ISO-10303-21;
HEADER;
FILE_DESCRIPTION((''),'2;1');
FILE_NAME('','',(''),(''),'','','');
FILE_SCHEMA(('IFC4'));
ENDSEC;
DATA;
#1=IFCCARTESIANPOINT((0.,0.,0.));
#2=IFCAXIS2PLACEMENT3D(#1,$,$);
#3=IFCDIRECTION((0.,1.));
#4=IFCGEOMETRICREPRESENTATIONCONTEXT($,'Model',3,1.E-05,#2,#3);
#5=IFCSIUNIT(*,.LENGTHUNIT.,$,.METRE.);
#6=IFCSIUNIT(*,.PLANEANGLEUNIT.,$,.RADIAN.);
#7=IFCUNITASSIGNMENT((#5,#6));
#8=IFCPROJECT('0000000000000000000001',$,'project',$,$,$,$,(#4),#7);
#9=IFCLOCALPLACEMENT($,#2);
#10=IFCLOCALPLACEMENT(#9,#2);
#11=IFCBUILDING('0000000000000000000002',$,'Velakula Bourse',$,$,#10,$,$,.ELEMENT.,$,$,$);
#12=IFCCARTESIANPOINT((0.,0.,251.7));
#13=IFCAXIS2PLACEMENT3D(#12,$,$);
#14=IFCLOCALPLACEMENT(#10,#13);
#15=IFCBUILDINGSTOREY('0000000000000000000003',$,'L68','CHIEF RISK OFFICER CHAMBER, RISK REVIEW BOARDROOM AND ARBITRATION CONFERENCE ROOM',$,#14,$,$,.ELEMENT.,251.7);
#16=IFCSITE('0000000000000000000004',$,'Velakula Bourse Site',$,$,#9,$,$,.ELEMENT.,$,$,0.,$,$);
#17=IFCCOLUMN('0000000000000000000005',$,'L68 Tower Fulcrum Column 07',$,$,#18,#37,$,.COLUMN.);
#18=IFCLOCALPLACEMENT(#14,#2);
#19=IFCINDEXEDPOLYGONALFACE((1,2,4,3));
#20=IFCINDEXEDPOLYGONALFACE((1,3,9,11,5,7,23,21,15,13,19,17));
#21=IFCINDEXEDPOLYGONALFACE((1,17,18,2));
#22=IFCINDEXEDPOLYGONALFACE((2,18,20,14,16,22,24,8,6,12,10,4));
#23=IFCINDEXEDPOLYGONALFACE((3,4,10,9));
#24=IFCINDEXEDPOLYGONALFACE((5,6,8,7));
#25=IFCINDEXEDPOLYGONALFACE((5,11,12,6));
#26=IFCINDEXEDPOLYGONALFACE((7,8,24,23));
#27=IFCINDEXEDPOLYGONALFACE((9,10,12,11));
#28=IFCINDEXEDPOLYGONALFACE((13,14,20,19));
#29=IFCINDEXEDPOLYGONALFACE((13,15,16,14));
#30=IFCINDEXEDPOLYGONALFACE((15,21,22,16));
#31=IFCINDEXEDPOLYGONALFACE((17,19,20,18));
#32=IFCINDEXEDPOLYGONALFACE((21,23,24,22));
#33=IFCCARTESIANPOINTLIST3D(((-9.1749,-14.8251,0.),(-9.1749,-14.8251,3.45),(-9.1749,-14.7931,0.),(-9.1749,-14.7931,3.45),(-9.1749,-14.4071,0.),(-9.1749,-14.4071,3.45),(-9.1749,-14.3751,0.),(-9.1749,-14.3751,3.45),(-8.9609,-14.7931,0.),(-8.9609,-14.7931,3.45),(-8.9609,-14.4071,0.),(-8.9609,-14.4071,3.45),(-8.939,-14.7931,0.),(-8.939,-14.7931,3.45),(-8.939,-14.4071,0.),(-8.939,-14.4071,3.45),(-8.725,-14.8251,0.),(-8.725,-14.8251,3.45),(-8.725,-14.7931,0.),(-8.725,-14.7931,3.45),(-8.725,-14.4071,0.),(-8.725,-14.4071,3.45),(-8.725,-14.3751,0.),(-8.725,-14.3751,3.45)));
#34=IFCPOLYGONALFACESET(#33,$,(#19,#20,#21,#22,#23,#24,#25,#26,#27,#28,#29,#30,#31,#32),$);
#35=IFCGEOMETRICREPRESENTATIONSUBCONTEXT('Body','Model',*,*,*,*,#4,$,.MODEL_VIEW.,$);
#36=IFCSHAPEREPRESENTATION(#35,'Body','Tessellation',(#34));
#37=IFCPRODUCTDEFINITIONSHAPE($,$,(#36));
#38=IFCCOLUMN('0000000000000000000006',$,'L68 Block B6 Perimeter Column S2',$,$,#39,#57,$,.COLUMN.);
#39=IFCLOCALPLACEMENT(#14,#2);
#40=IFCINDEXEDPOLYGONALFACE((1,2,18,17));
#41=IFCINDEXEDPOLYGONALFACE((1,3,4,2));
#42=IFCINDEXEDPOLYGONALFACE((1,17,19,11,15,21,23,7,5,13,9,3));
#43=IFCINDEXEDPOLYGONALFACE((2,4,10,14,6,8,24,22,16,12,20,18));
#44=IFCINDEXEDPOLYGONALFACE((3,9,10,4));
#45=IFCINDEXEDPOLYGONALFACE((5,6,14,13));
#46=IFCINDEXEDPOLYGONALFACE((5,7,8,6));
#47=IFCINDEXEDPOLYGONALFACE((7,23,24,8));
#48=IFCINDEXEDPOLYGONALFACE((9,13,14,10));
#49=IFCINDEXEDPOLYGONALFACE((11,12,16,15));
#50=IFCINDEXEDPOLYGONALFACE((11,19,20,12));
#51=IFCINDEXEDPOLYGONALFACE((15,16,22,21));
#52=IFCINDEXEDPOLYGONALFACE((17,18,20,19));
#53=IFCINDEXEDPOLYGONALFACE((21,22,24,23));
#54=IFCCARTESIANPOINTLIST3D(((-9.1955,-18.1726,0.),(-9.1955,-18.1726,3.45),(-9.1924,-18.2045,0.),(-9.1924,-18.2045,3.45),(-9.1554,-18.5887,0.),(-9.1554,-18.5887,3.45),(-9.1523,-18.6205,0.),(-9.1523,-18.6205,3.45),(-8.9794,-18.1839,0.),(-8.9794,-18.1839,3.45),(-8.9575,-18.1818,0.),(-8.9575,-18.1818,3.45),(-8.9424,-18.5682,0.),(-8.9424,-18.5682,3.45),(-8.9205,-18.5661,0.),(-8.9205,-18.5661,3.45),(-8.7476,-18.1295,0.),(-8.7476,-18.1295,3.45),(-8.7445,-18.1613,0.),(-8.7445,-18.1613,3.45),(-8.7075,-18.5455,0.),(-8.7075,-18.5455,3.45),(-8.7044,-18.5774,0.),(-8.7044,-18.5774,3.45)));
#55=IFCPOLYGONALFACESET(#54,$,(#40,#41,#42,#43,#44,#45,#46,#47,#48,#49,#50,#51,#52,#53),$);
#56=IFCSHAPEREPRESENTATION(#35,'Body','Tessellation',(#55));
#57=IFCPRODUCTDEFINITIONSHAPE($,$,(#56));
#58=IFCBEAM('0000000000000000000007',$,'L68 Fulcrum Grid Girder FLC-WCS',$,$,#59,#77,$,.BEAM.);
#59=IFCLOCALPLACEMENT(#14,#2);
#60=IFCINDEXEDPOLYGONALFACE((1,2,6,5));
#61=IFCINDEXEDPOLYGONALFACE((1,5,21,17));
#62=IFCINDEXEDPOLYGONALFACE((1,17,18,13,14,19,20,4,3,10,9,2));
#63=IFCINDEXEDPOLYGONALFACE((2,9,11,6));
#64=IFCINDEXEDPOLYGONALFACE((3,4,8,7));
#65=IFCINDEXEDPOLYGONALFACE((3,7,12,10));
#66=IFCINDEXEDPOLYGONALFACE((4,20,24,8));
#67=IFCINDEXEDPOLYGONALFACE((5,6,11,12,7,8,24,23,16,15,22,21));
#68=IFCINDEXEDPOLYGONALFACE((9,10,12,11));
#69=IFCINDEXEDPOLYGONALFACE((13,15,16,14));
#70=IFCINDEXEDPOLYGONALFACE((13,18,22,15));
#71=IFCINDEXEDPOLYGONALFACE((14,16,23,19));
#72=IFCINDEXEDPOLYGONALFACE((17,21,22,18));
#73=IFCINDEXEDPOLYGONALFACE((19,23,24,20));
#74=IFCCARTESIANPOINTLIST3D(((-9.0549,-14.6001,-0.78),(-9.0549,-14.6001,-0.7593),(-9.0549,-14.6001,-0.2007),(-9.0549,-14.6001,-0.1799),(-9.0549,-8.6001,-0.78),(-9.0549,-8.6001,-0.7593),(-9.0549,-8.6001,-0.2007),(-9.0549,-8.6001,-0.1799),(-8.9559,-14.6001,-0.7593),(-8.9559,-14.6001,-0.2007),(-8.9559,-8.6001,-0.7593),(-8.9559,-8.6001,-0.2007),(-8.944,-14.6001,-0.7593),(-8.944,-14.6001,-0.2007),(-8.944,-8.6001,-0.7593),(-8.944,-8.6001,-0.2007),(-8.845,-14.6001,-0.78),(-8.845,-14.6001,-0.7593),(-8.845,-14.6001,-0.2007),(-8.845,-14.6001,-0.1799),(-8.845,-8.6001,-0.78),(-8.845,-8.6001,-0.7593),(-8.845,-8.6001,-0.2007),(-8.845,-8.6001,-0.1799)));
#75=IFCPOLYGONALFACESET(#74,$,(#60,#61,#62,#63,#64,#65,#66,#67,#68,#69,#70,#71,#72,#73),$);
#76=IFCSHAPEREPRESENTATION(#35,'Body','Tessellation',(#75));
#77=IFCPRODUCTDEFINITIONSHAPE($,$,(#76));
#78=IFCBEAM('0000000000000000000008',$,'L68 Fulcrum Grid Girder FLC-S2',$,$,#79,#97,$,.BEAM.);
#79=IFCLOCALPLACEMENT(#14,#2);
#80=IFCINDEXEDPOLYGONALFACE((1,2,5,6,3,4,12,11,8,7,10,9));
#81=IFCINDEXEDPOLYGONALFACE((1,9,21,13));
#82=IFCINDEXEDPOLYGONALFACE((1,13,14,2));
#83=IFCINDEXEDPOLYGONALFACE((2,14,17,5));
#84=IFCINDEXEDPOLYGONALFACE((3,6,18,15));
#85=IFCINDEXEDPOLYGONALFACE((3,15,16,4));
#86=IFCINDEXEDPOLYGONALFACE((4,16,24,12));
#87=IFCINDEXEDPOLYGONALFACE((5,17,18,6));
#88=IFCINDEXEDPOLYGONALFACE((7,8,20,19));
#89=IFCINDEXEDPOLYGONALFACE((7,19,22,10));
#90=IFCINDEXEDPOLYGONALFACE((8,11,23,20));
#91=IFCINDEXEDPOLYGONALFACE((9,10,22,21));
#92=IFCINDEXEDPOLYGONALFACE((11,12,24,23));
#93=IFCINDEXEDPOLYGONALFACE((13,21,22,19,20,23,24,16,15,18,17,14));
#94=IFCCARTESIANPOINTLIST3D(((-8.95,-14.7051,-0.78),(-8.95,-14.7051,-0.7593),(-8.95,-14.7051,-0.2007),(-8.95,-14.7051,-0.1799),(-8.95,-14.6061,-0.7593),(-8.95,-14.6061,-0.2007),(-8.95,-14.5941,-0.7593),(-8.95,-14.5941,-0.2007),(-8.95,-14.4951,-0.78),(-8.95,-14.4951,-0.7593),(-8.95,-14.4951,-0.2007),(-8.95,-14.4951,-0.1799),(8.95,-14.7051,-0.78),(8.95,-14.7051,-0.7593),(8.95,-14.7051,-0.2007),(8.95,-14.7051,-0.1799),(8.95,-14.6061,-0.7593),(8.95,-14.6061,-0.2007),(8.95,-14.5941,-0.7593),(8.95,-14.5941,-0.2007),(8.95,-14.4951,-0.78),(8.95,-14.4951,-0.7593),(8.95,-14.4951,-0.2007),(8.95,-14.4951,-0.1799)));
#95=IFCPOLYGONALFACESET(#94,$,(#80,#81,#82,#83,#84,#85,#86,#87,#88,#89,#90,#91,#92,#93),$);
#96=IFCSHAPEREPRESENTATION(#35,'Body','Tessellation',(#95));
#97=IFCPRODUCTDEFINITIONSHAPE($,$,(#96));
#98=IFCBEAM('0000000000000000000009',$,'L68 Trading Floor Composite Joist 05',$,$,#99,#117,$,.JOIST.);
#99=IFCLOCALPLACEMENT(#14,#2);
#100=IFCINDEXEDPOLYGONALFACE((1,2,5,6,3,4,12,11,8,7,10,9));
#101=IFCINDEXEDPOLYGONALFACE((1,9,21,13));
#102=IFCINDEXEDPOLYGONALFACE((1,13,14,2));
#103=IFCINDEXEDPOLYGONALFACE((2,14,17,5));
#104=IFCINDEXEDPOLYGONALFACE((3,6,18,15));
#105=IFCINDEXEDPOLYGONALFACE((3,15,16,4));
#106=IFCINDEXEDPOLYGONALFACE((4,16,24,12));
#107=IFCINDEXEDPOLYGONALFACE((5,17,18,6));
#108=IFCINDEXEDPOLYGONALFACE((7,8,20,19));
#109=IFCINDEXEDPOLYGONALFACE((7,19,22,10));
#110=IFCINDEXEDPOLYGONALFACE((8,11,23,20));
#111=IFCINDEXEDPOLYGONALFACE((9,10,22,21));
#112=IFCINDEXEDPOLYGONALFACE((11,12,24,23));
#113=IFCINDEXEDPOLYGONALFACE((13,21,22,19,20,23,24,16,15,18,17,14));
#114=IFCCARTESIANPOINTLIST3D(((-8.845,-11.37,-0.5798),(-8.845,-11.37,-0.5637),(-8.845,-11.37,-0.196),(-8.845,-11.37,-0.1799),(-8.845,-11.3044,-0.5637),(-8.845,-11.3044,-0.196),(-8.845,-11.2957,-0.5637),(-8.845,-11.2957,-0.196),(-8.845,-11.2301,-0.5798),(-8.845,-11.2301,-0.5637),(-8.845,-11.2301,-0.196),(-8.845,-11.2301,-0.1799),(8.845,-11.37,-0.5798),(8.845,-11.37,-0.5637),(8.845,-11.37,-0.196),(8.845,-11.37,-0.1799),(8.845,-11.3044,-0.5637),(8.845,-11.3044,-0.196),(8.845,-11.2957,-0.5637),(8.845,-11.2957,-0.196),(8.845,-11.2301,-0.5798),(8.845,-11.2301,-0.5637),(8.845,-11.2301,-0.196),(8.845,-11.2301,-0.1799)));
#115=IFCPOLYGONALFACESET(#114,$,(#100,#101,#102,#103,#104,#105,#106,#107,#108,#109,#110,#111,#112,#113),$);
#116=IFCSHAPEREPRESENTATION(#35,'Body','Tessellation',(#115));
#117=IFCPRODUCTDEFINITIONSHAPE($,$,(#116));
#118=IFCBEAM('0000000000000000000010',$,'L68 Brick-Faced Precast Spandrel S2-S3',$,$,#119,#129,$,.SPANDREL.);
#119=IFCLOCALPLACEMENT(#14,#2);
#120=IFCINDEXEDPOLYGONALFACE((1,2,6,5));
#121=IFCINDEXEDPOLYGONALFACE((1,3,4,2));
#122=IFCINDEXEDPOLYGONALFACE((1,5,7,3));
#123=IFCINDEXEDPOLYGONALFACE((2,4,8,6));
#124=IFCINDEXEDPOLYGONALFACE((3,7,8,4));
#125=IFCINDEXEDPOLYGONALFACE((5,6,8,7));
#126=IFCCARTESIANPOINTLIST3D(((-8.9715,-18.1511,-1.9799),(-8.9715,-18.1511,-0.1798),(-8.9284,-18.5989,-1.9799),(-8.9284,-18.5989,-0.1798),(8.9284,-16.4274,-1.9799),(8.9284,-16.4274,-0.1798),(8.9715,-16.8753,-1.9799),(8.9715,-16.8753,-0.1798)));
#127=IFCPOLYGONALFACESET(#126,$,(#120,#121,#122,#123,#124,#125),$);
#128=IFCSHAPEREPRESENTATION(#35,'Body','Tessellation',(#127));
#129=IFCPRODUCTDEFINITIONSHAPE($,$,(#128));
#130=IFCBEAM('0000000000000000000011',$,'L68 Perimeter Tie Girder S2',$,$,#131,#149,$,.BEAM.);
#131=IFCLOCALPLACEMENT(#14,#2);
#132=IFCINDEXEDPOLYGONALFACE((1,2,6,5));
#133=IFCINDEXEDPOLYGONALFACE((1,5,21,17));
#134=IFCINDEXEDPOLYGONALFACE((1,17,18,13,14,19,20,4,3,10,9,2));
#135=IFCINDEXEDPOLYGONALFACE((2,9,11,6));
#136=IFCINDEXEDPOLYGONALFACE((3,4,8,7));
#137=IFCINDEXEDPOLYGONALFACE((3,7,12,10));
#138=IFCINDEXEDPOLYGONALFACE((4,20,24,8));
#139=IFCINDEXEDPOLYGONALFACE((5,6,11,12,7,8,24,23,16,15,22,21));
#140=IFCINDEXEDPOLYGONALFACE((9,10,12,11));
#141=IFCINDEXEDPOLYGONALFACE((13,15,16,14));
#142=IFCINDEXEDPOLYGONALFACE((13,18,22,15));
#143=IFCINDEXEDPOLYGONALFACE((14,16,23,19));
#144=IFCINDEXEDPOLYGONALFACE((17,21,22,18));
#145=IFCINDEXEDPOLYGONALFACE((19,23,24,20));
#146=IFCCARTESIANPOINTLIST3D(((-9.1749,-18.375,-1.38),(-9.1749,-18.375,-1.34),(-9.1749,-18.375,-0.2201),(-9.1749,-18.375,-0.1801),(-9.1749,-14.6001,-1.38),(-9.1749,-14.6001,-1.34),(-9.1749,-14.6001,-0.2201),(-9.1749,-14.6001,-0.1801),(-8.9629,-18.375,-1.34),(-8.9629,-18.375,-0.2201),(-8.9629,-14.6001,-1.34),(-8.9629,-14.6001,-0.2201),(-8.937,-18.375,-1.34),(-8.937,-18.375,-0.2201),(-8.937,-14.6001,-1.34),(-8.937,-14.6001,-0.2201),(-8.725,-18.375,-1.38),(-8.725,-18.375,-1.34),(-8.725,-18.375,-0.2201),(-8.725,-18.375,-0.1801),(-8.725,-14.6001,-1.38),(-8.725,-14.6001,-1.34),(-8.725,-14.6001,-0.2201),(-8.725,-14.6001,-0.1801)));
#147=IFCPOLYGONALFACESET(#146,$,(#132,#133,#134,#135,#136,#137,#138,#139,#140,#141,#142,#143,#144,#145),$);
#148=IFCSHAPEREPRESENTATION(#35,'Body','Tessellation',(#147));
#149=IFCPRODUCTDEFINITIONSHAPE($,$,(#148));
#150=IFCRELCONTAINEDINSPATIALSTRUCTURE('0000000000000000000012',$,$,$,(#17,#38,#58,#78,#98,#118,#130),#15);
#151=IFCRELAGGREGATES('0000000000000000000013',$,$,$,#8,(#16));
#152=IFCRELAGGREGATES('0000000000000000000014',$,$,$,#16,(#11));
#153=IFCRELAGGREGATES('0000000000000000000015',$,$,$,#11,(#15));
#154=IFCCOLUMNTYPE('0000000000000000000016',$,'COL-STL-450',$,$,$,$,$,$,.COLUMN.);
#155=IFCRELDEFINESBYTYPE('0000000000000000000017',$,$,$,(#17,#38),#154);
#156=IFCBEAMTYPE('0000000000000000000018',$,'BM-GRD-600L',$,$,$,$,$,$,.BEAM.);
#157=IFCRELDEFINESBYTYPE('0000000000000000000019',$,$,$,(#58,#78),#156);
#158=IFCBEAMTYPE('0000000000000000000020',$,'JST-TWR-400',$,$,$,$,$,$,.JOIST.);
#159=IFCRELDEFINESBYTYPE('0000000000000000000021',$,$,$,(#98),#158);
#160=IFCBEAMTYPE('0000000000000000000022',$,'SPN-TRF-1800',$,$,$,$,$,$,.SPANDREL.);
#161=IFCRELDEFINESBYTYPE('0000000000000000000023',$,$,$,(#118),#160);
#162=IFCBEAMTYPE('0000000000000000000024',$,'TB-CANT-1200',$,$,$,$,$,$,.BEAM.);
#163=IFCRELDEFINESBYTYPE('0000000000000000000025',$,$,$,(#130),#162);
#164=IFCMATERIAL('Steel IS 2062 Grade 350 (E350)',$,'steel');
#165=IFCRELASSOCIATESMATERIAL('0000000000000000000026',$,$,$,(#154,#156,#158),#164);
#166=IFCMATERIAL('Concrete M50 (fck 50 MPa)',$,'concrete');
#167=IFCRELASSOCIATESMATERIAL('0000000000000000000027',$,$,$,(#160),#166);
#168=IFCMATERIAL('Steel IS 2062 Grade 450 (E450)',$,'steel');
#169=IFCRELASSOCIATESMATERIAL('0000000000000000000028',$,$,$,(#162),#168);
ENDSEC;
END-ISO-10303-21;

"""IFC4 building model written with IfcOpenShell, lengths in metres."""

from ifc_helpers import new_model, si_unit, direction, frame, origin, origin_2d, place, context, subcontext, project, spatial, rectangle, i_section, extrude, material, material_profile, profile_set, type_object, element, save


model = new_model("IFC4")

# Units and contexts
model_context = context("Model", 3, precision=1e-05, world=origin(), true_north=direction((0.0, 1.0)))
body_context = subcontext(model_context, "Body", "Model", "MODEL_VIEW")
ifc_project = project(units=[si_unit("LENGTHUNIT", "METRE"), si_unit("PLANEANGLEUNIT", "RADIAN")], contexts=[model_context])

# Site, building, storey
site_placement = place(None, origin())
site = spatial("IfcSite", under=ifc_project, at=site_placement, Name="Velakula Bourse Site", CompositionType="ELEMENT", RefElevation=0.0)
building_placement = place(site_placement, origin())
building = spatial("IfcBuilding", under=site, at=building_placement, Name="Velakula Bourse", CompositionType="ELEMENT")
storey_placement = place(building_placement, frame((0.0, 0.0, 251.7)))
storey = spatial("IfcBuildingStorey", under=building, at=storey_placement, Name="L68", Description="CHIEF RISK OFFICER CHAMBER, RISK REVIEW BOARDROOM AND ARBITRATION CONFERENCE ROOM", CompositionType="ELEMENT", Elevation=251.7)

# Columns
ifc_material_1 = material(Name="Steel IS 2062 Grade 350 (E350)", Category="steel")
ifc_material_profile_1 = material_profile(ifc_material_1, i_section(OverallWidth=0.45, OverallDepth=0.45, WebThickness=0.022, FlangeThickness=0.032, at=origin_2d()), Name="Steel IS 2062 Grade 350 (E350)")
ifc_profile_set_1 = profile_set([ifc_material_profile_1], Name="Steel IS 2062 Grade 350 (E350)")
column_type = type_object("IfcColumnType", Name="COL-STL-450", PredefinedType="COLUMN", material=ifc_profile_set_1)
for number, where, z_axis, x_axis, name in (
    (1, (-8.95, -14.6001, 0.0), (0.0, 0.0, 1.0), (1.0, 0.0, 0.0), "L68 Tower Fulcrum Column 07"),
    (2, (-8.95, -18.375, 0.0), (0.0, 0.0, 1.0), (0.995396, 0.095846, 0.0), "L68 Block B6 Perimeter Column S2"),
):
    element("IfcColumn", number, at=place(storey_placement, frame(where, z_axis=z_axis, x_axis=x_axis)), inside=storey, type_object=column_type, Name=name, PredefinedType="COLUMN", context=body_context, shape_type="SweptSolid", body=[
        extrude(i_section(OverallWidth=0.45, OverallDepth=0.45, WebThickness=0.022, FlangeThickness=0.032, at=origin_2d()), origin(), (0.0, 0.0, 1.0), 3.45),
    ])

# Beams
ifc_material_profile_2 = material_profile(ifc_material_1, i_section(OverallWidth=0.21, OverallDepth=0.6001, WebThickness=0.012, FlangeThickness=0.0208, at=origin_2d()), Name="Steel IS 2062 Grade 350 (E350)")
ifc_profile_set_2 = profile_set([ifc_material_profile_2], Name="Steel IS 2062 Grade 350 (E350)")
beam_type_1 = type_object("IfcBeamType", Name="BM-GRD-600L", PredefinedType="BEAM", material=ifc_profile_set_2)
beam_1_placement = place(storey_placement, frame((-8.95, -14.6001, -0.48), z_axis=(0.0, 1.0, 0.0), x_axis=(-1.0, 0.0, 0.0)))
element("IfcBeam", 3, at=beam_1_placement, inside=storey, type_object=beam_type_1, Name="L68 Fulcrum Grid Girder FLC-WCS", PredefinedType="BEAM", context=body_context, shape_type="SweptSolid", body=[
    extrude(i_section(OverallWidth=0.21, OverallDepth=0.6001, WebThickness=0.012, FlangeThickness=0.0208, at=origin_2d()), origin(), (0.0, 0.0, 1.0), 6.0),
])
beam_2_placement = place(storey_placement, frame((-8.95, -14.6001, -0.48), z_axis=(1.0, 0.0, 0.0), x_axis=(0.0, 1.0, 0.0)))
element("IfcBeam", 4, at=beam_2_placement, inside=storey, type_object=beam_type_1, Name="L68 Fulcrum Grid Girder FLC-S2", PredefinedType="BEAM", context=body_context, shape_type="SweptSolid", body=[
    extrude(i_section(OverallWidth=0.21, OverallDepth=0.6001, WebThickness=0.012, FlangeThickness=0.0208, at=origin_2d()), origin(), (0.0, 0.0, 1.0), 17.8999),
])
ifc_material_profile_3 = material_profile(ifc_material_1, i_section(OverallWidth=0.1399, OverallDepth=0.3999, WebThickness=0.0088, FlangeThickness=0.0161, at=origin_2d()), Name="Steel IS 2062 Grade 350 (E350)")
ifc_profile_set_3 = profile_set([ifc_material_profile_3], Name="Steel IS 2062 Grade 350 (E350)")
beam_type_2 = type_object("IfcBeamType", Name="JST-TWR-400", PredefinedType="JOIST", material=ifc_profile_set_3)
beam_3_placement = place(storey_placement, frame((-8.845, -11.3, -0.3799), z_axis=(1.0, 0.0, 0.0), x_axis=(0.0, 1.0, 0.0)))
element("IfcBeam", 5, at=beam_3_placement, inside=storey, type_object=beam_type_2, Name="L68 Trading Floor Composite Joist 05", PredefinedType="JOIST", context=body_context, shape_type="SweptSolid", body=[
    extrude(i_section(OverallWidth=0.1399, OverallDepth=0.3999, WebThickness=0.0088, FlangeThickness=0.0161, at=origin_2d()), origin(), (0.0, 0.0, 1.0), 17.6899),
])
ifc_material_2 = material(Name="Concrete M50 (fck 50 MPa)", Category="concrete")
ifc_material_profile_4 = material_profile(ifc_material_2, rectangle(XDim=0.45, YDim=1.8, at=origin_2d()), Name="Concrete M50 (fck 50 MPa)")
ifc_profile_set_4 = profile_set([ifc_material_profile_4], Name="Concrete M50 (fck 50 MPa)")
beam_type_3 = type_object("IfcBeamType", Name="SPN-TRF-1800", PredefinedType="SPANDREL", material=ifc_profile_set_4)
beam_4_placement = place(storey_placement, frame((-8.95, -18.375, -1.0798), z_axis=(0.995396, 0.09585, 0.0), x_axis=(-0.09585, 0.995396, 0.0)))
element("IfcBeam", 6, at=beam_4_placement, inside=storey, type_object=beam_type_3, Name="L68 Brick-Faced Precast Spandrel S2-S3", PredefinedType="SPANDREL", context=body_context, shape_type="SweptSolid", body=[
    extrude(rectangle(XDim=0.45, YDim=1.8, at=origin_2d()), origin(), (0.0, 0.0, 1.0), 17.9827),
])
ifc_material_3 = material(Name="Steel IS 2062 Grade 450 (E450)", Category="steel")
ifc_material_profile_5 = material_profile(ifc_material_3, i_section(OverallWidth=0.45, OverallDepth=1.2, WebThickness=0.0259, FlangeThickness=0.04, at=origin_2d()), Name="Steel IS 2062 Grade 450 (E450)")
ifc_profile_set_5 = profile_set([ifc_material_profile_5], Name="Steel IS 2062 Grade 450 (E450)")
beam_type_4 = type_object("IfcBeamType", Name="TB-CANT-1200", PredefinedType="BEAM", material=ifc_profile_set_5)
beam_5_placement = place(storey_placement, frame((-8.95, -14.6001, -0.78), z_axis=(0.0, -1.0, 0.0), x_axis=(1.0, 0.0, 0.0)))
element("IfcBeam", 7, at=beam_5_placement, inside=storey, type_object=beam_type_4, Name="L68 Perimeter Tie Girder S2", PredefinedType="BEAM", context=body_context, shape_type="SweptSolid", body=[
    extrude(i_section(OverallWidth=0.45, OverallDepth=1.2, WebThickness=0.0259, FlangeThickness=0.04, at=origin_2d()), origin(), (0.0, 0.0, 1.0), 3.7749),
])

save(model, "model.ifc")
